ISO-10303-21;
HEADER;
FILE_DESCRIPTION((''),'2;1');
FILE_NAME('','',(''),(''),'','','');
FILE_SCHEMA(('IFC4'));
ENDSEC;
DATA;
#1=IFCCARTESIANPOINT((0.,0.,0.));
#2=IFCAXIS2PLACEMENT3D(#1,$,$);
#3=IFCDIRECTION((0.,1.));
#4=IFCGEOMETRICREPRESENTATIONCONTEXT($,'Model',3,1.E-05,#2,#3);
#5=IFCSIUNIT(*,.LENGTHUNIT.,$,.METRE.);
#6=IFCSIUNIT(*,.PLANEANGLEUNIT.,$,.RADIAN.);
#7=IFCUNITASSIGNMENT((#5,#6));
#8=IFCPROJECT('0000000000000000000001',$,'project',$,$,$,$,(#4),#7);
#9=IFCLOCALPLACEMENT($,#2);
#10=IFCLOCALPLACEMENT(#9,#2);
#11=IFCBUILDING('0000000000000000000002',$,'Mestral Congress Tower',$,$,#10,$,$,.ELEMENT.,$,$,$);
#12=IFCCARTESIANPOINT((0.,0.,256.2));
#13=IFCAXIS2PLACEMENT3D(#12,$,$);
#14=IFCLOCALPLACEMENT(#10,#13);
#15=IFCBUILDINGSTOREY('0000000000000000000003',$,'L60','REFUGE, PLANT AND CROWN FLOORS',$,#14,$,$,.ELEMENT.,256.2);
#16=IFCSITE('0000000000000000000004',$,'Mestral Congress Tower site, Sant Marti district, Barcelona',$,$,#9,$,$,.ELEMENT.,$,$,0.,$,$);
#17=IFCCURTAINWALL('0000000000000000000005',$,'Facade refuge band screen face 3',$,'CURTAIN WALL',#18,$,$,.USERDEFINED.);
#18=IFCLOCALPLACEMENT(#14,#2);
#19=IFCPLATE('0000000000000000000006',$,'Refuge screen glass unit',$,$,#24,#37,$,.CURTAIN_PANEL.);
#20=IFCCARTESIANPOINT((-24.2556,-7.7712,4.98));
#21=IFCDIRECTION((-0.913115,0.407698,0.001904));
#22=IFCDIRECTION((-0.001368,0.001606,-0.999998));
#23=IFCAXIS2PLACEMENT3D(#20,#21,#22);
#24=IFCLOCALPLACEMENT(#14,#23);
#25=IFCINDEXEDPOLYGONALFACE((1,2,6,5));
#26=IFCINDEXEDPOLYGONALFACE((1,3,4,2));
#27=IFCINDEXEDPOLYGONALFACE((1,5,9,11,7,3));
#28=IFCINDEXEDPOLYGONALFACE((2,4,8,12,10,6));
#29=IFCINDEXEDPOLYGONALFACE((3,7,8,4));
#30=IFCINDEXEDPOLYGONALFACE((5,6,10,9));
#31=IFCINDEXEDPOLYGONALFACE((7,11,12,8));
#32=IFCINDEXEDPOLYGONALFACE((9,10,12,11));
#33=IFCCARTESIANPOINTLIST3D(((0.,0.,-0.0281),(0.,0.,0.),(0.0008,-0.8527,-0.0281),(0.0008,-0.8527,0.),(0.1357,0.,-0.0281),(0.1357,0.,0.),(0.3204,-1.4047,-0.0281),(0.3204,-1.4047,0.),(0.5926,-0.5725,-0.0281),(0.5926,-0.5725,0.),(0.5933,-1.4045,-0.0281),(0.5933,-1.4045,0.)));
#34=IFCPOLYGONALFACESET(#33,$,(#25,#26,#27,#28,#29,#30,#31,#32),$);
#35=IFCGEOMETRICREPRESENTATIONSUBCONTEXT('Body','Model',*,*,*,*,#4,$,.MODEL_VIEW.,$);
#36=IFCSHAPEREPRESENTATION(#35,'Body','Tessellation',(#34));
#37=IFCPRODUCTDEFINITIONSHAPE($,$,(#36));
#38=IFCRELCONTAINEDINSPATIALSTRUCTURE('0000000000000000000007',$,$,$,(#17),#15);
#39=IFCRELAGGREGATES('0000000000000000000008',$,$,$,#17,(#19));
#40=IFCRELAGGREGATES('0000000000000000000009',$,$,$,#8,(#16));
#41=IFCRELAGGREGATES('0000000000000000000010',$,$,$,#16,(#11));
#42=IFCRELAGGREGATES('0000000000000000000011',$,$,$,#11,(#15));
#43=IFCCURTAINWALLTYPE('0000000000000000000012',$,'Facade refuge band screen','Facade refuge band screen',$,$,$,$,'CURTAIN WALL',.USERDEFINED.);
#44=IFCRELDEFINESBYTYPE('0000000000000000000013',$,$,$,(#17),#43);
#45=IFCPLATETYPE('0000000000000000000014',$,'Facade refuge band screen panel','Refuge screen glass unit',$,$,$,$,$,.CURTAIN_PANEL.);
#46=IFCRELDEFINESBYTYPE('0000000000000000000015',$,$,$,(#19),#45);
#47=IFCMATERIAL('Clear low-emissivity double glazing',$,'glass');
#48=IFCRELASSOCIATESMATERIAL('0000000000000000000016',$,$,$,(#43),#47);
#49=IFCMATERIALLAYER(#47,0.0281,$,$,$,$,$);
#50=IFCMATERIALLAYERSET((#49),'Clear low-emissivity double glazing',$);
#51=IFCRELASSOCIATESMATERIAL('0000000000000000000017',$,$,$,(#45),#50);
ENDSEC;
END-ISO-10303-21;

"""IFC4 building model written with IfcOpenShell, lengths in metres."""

from ifc_helpers import new_model, si_unit, direction, frame, origin, place, context, subcontext, project, spatial, polyline, outline, extrude, material, layer, layer_set, type_object, element, aggregate, save


model = new_model("IFC4")

# Units and contexts
model_context = context("Model", 3, precision=1e-05, world=origin(), true_north=direction((0.0, 1.0)))
body_context = subcontext(model_context, "Body", "Model", "MODEL_VIEW")
ifc_project = project(units=[si_unit("LENGTHUNIT", "METRE"), si_unit("PLANEANGLEUNIT", "RADIAN")], contexts=[model_context])

# Site, building, storey
site_placement = place(None, origin())
site = spatial("IfcSite", under=ifc_project, at=site_placement, Name="Mestral Congress Tower site, Sant Marti district, Barcelona", CompositionType="ELEMENT", RefElevation=0.0)
building_placement = place(site_placement, origin())
building = spatial("IfcBuilding", under=site, at=building_placement, Name="Mestral Congress Tower", CompositionType="ELEMENT")
storey_placement = place(building_placement, frame((0.0, 0.0, 256.2)))
storey = spatial("IfcBuildingStorey", under=building, at=storey_placement, Name="L60", Description="REFUGE, PLANT AND CROWN FLOORS", CompositionType="ELEMENT", Elevation=256.2)

# Shared definitions
ifc_material_1 = material(Name="Clear low-emissivity double glazing", Category="glass")
curtain_wall_type = type_object("IfcCurtainWallType", Name="Facade refuge band screen", Description="Facade refuge band screen", ElementType="CURTAIN WALL", PredefinedType="USERDEFINED", material=ifc_material_1)
placement = place(storey_placement, origin())

# Curtain wall, plate
curtain_wall_1 = element("IfcCurtainWall", 1, at=placement, inside=storey, type_object=curtain_wall_type, Name="Facade refuge band screen face 3", ObjectType="CURTAIN WALL", PredefinedType="USERDEFINED")
ifc_layer_1 = layer(ifc_material_1, 0.0281)
ifc_layer_set_1 = layer_set([ifc_layer_1], Name="Clear low-emissivity double glazing")
plate_type_1 = type_object("IfcPlateType", Name="Facade refuge band screen panel", Description="Refuge screen glass unit", PredefinedType="CURTAIN_PANEL", material=ifc_layer_set_1)
plate_1_placement = place(storey_placement, frame((-24.2556, -7.7712, 4.98), z_axis=(-0.913115, 0.407698, 0.001904), x_axis=(-0.001368, 0.001606, -0.999998)))
plate_1 = element("IfcPlate", 2, at=plate_1_placement, type_object=plate_type_1, Name="Refuge screen glass unit", PredefinedType="CURTAIN_PANEL", context=body_context, shape_type="SweptSolid", body=[
    extrude(outline(polyline([(0.0, 0.0), (0.1357, 0.0), (0.5926, -0.5725), (0.5933, -1.4045), (0.3204, -1.4047), (0.0008, -0.8527), (0.0, 0.0)])), origin(), (0.0, 0.0, -1.0), 0.0281),
])
aggregate(curtain_wall_1, [plate_1])

save(model, "model.ifc")
